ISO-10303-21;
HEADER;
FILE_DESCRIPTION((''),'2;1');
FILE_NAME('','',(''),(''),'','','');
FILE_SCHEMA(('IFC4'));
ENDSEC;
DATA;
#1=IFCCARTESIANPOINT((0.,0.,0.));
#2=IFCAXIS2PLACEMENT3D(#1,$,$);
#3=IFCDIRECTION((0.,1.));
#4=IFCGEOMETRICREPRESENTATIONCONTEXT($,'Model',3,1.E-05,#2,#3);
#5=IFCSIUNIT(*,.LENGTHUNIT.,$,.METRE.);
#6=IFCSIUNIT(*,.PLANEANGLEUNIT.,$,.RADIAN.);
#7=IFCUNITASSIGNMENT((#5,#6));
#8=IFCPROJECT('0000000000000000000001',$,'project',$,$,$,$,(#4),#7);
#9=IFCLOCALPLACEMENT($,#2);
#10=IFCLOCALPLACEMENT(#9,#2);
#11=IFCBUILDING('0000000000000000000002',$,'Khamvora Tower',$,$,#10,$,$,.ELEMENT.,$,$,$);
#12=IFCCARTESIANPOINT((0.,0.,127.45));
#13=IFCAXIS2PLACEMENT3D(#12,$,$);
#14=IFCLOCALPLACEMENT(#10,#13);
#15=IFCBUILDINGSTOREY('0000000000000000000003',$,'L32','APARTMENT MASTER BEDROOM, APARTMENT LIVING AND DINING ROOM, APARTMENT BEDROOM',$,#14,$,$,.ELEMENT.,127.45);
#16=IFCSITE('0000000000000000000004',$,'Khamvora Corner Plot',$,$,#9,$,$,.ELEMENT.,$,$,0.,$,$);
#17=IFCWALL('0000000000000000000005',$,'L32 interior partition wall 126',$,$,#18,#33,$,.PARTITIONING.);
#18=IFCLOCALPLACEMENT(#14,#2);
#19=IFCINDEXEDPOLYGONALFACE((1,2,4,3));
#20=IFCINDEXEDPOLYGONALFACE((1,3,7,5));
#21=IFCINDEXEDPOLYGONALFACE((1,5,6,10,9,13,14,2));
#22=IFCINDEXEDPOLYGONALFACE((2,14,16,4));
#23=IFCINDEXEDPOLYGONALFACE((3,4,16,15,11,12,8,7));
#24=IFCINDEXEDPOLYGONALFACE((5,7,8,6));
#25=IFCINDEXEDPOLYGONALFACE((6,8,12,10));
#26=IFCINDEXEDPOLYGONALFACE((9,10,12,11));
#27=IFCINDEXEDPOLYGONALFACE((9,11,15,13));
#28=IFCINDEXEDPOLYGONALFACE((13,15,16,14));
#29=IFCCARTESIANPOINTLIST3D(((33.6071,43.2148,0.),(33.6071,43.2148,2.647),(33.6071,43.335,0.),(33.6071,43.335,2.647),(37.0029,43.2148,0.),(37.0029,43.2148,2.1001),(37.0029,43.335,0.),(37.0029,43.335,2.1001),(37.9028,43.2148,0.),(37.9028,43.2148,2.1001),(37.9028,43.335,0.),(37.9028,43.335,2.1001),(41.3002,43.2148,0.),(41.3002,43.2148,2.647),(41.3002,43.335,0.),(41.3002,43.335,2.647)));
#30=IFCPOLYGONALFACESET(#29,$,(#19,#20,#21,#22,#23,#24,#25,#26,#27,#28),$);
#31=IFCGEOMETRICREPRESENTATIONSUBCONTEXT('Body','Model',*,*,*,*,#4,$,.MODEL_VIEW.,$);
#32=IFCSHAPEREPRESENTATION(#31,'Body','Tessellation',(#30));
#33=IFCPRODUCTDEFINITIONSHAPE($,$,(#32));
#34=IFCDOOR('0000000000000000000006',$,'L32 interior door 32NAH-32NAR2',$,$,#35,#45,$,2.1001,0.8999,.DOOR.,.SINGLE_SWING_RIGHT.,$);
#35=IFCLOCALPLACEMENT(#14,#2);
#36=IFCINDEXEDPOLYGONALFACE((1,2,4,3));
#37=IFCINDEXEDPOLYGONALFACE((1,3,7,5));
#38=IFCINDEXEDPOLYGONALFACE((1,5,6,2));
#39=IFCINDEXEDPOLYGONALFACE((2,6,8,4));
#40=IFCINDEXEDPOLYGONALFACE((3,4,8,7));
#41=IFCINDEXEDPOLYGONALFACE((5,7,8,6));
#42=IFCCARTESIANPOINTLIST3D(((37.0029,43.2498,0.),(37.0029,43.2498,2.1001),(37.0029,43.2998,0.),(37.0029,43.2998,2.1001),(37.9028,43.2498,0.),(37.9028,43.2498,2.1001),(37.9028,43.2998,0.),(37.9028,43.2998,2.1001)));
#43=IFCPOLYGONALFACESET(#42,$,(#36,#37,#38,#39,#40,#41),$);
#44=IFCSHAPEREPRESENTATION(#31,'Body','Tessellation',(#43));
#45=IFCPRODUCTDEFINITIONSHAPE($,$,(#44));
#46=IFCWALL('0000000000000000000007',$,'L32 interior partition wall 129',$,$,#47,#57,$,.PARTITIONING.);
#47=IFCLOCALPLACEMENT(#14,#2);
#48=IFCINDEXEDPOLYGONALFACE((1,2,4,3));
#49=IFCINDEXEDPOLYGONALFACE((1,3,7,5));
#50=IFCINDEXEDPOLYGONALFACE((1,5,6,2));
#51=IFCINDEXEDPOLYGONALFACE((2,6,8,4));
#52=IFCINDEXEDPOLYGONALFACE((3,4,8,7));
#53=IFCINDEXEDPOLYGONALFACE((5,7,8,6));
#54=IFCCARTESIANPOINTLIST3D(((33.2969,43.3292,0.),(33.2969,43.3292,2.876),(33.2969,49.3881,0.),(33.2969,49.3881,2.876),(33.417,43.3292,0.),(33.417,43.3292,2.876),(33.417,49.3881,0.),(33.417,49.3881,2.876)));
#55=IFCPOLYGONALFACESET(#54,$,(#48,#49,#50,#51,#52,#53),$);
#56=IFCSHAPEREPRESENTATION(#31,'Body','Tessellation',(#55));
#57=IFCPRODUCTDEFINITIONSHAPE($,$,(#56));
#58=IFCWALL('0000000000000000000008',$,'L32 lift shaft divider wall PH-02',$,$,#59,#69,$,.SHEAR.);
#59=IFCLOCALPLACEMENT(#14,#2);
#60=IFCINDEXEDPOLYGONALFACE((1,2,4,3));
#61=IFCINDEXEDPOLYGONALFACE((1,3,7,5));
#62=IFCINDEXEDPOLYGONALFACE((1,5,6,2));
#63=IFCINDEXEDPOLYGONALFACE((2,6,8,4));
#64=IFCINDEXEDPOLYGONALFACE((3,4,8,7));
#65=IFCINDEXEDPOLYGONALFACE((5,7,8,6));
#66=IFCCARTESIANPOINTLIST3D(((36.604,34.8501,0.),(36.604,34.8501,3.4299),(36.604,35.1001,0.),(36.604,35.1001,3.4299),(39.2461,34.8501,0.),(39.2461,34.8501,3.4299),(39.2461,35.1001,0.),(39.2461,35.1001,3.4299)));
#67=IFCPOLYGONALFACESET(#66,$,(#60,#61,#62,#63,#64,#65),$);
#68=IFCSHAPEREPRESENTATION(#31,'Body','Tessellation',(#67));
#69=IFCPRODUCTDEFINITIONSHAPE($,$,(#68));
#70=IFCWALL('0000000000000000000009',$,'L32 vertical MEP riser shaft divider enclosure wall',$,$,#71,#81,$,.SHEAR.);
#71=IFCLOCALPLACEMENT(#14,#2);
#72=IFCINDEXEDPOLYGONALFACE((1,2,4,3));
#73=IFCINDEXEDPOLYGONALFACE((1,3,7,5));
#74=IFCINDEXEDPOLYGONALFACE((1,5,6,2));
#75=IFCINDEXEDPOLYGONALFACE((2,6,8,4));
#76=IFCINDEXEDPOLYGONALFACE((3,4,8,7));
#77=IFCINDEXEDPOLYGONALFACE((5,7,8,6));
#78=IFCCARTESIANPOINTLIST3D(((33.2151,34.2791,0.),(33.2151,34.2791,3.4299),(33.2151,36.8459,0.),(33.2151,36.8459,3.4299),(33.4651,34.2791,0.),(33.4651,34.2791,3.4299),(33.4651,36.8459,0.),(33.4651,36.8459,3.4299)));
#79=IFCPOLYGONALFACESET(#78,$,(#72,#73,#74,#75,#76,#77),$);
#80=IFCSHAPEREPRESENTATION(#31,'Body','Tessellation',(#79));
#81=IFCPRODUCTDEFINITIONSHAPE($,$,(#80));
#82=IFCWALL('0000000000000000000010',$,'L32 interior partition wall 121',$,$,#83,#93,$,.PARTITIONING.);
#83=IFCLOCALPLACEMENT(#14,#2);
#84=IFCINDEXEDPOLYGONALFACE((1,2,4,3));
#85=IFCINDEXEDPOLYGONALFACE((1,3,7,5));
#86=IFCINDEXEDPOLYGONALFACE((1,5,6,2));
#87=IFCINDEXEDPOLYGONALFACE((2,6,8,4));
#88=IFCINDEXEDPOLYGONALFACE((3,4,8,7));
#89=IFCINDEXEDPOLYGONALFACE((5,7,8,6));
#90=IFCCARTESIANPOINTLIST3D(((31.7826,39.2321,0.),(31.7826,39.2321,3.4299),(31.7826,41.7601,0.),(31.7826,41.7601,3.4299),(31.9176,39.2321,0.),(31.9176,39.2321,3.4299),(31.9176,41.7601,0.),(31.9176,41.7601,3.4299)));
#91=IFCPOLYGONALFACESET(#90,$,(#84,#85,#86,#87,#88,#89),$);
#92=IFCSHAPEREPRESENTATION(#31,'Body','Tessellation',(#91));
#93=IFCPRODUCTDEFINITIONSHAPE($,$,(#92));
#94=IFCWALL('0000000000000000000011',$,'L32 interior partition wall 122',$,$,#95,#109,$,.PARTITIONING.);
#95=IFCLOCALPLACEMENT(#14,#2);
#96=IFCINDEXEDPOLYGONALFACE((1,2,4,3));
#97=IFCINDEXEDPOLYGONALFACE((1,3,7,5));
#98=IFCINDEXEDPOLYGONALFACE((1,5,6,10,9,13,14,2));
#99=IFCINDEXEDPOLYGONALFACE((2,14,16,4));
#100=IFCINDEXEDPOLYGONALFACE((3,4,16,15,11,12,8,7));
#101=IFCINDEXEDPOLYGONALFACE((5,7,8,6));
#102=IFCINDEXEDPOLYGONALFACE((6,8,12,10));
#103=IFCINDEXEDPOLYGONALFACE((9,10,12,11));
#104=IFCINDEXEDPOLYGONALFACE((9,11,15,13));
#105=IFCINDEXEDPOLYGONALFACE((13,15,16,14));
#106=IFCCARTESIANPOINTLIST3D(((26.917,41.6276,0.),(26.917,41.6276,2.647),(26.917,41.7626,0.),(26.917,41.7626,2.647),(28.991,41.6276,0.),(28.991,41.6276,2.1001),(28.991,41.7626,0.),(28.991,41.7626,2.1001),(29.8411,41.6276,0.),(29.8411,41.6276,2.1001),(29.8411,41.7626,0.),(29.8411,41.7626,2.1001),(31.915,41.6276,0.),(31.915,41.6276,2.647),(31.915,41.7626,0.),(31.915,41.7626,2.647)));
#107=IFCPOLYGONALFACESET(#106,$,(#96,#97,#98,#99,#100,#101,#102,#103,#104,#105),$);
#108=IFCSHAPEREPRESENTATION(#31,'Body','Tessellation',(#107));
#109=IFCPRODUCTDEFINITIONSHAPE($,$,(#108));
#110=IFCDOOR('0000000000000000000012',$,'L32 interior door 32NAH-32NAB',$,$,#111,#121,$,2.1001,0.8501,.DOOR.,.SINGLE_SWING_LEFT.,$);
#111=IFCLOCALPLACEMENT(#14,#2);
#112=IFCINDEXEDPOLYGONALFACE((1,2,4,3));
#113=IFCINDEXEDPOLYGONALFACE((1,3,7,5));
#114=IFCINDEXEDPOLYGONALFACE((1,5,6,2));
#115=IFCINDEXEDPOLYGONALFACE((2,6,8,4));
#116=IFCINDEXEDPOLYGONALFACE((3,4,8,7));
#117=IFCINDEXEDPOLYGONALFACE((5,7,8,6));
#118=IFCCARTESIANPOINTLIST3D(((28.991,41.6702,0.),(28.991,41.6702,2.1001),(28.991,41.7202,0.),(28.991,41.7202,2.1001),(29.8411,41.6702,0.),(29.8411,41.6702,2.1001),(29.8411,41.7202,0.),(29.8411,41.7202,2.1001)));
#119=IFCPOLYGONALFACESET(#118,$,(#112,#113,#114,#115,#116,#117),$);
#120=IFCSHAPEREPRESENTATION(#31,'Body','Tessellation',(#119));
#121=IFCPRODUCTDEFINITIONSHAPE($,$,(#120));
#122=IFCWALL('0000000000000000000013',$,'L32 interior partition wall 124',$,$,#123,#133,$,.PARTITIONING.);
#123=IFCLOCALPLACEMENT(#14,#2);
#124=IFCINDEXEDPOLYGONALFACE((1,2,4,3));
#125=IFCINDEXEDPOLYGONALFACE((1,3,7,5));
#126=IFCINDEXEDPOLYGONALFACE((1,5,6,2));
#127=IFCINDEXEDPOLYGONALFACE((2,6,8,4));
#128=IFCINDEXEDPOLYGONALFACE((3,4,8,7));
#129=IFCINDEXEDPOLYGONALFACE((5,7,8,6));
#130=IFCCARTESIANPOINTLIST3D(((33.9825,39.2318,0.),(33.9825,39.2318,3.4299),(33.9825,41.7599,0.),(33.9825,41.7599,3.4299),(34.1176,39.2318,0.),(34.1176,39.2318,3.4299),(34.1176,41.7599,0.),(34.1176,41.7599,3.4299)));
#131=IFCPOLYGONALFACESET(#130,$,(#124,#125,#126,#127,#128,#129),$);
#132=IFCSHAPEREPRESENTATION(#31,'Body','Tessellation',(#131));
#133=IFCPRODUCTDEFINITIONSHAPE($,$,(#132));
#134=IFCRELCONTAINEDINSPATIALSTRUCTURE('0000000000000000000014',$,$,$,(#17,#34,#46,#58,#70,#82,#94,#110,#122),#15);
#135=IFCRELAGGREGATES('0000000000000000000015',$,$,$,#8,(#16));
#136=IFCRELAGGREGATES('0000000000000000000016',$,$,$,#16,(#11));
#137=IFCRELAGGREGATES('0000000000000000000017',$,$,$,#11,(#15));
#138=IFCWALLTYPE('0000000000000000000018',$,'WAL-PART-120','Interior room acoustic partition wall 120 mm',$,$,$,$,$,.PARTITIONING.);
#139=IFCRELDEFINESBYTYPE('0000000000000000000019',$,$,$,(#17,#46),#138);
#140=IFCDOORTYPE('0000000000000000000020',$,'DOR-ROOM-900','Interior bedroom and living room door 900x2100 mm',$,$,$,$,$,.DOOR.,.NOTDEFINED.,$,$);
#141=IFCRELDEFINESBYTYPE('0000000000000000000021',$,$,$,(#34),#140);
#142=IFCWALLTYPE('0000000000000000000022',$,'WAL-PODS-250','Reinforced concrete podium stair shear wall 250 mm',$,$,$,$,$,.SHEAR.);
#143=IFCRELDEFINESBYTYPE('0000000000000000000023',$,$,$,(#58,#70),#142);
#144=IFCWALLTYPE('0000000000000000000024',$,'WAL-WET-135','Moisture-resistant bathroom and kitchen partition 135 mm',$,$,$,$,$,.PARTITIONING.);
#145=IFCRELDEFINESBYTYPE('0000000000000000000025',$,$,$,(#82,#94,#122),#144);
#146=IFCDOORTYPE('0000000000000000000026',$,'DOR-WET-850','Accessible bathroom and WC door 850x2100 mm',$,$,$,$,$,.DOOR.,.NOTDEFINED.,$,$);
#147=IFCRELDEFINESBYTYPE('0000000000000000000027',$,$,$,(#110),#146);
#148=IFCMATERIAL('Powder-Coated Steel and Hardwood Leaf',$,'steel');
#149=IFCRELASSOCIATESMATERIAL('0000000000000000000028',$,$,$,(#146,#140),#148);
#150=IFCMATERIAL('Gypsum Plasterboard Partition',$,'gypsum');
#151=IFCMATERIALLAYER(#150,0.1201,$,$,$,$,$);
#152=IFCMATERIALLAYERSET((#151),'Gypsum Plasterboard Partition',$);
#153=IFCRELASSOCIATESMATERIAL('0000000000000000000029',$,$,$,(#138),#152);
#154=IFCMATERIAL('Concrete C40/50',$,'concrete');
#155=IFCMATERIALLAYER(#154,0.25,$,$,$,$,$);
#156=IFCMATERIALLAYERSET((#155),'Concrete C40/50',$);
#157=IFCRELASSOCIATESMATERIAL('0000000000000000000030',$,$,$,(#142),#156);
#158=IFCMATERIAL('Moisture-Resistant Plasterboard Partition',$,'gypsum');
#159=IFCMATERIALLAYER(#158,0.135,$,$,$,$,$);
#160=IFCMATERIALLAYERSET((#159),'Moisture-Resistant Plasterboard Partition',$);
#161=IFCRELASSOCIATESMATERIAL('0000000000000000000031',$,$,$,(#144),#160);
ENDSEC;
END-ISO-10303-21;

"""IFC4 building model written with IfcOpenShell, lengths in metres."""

from ifc_helpers import new_model, si_unit, direction, frame, frame_2d, origin, place, context, subcontext, project, spatial, rectangle, extrude, material, layer, layer_set, type_object, element, fill, save


model = new_model("IFC4")

# Units and contexts
model_context = context("Model", 3, precision=1e-05, world=origin(), true_north=direction((0.0, 1.0)))
body_context = subcontext(model_context, "Body", "Model", "MODEL_VIEW")
ifc_project = project(units=[si_unit("LENGTHUNIT", "METRE"), si_unit("PLANEANGLEUNIT", "RADIAN")], contexts=[model_context])

# Site, building, storey
site_placement = place(None, origin())
site = spatial("IfcSite", under=ifc_project, at=site_placement, Name="Khamvora Corner Plot", CompositionType="ELEMENT", RefElevation=0.0)
building_placement = place(site_placement, origin())
building = spatial("IfcBuilding", under=site, at=building_placement, Name="Khamvora Tower", CompositionType="ELEMENT")
storey_placement = place(building_placement, frame((0.0, 0.0, 127.45)))
storey = spatial("IfcBuildingStorey", under=building, at=storey_placement, Name="L32", Description="APARTMENT MASTER BEDROOM, APARTMENT LIVING AND DINING ROOM, APARTMENT BEDROOM", CompositionType="ELEMENT", Elevation=127.45)

# Shared definitions
ifc_material_1 = material(Name="Powder-Coated Steel and Hardwood Leaf", Category="steel")
door_type_1 = type_object("IfcDoorType", Name="DOR-WET-850", Description="Accessible bathroom and WC door 850x2100 mm", OperationType="NOTDEFINED", PredefinedType="DOOR", material=ifc_material_1)

# Wall, opening, door
ifc_material_2 = material(Name="Gypsum Plasterboard Partition", Category="gypsum")
ifc_layer_1 = layer(ifc_material_2, 0.1201)
ifc_layer_set_1 = layer_set([ifc_layer_1], Name="Gypsum Plasterboard Partition")
wall_type_1 = type_object("IfcWallType", Name="WAL-PART-120", Description="Interior room acoustic partition wall 120 mm", PredefinedType="PARTITIONING", material=ifc_layer_set_1)
wall_1_placement = place(storey_placement, frame((33.6069, 43.2749, 0.0), z_axis=(0.0, 0.0, 1.0), x_axis=(1.0, 0.0, 0.0)))
wall_1 = element("IfcWall", 1, at=wall_1_placement, inside=storey, type_object=wall_type_1, Name="L32 interior partition wall 126", PredefinedType="PARTITIONING", context=body_context, shape_type="SweptSolid", body=[
    extrude(rectangle(XDim=7.6931, YDim=0.1201, at=frame_2d((3.8467, 0.0))), origin(), (0.0, 0.0, 1.0), 2.647),
])
opening_1_placement = place(wall_1_placement, frame((3.396, 0.0, 0.0)))
opening_1 = element("IfcOpeningElement", 2, at=opening_1_placement, cuts=wall_1, PredefinedType="OPENING", context=body_context, shape_type="SweptSolid", body=[
    extrude(rectangle(XDim=0.8999, YDim=2.1001, at=frame_2d((0.45, 1.05))), frame((0.0, 0.0701, 0.0), z_axis=(0.0, -1.0, 0.0), x_axis=(1.0, 0.0, 0.0)), (0.0, 0.0, 1.0), 0.1401),
])
door_type_2 = type_object("IfcDoorType", Name="DOR-ROOM-900", Description="Interior bedroom and living room door 900x2100 mm", OperationType="NOTDEFINED", PredefinedType="DOOR", material=ifc_material_1)
door_1_placement = place(opening_1_placement, origin())
door_1 = element("IfcDoor", 3, at=door_1_placement, inside=storey, type_object=door_type_2, Name="L32 interior door 32NAH-32NAR2", OperationType="SINGLE_SWING_RIGHT", OverallHeight=2.1001, OverallWidth=0.8999, PredefinedType="DOOR", context=body_context, shape_type="SweptSolid", body=[
    extrude(rectangle(XDim=0.8999, YDim=2.1001, at=frame_2d((0.45, 1.05))), frame((0.0, 0.0249, 0.0), z_axis=(0.0, -1.0, 0.0), x_axis=(1.0, 0.0, 0.0)), (0.0, 0.0, 1.0), 0.05),
])
fill(opening_1, door_1)

# Walls
wall_2_placement = place(storey_placement, frame((33.3569, 49.3879, 0.0), z_axis=(0.0, 0.0, 1.0), x_axis=(0.0, -1.0, 0.0)))
element("IfcWall", 4, at=wall_2_placement, inside=storey, type_object=wall_type_1, Name="L32 interior partition wall 129", PredefinedType="PARTITIONING", context=body_context, shape_type="SweptSolid", body=[
    extrude(rectangle(XDim=6.0588, YDim=0.1201, at=frame_2d((3.0293, 0.0))), origin(), (0.0, 0.0, 1.0), 2.876),
])
ifc_material_3 = material(Name="Concrete C40/50", Category="concrete")
ifc_layer_2 = layer(ifc_material_3, 0.25)
ifc_layer_set_2 = layer_set([ifc_layer_2], Name="Concrete C40/50")
wall_type_2 = type_object("IfcWallType", Name="WAL-PODS-250", Description="Reinforced concrete podium stair shear wall 250 mm", PredefinedType="SHEAR", material=ifc_layer_set_2)
wall_3_placement = place(storey_placement, frame((36.604, 34.9751, 0.0), z_axis=(0.0, 0.0, 1.0), x_axis=(1.0, 0.0, 0.0)))
element("IfcWall", 5, at=wall_3_placement, inside=storey, type_object=wall_type_2, Name="L32 lift shaft divider wall PH-02", PredefinedType="SHEAR", context=body_context, shape_type="SweptSolid", body=[
    extrude(rectangle(XDim=2.6421, YDim=0.25, at=frame_2d((1.321, 0.0))), origin(), (0.0, 0.0, 1.0), 3.4299),
])
wall_4_placement = place(storey_placement, frame((33.3401, 34.2791, 0.0), z_axis=(0.0, 0.0, 1.0), x_axis=(0.0, 1.0, 0.0)))
element("IfcWall", 6, at=wall_4_placement, inside=storey, type_object=wall_type_2, Name="L32 vertical MEP riser shaft divider enclosure wall", PredefinedType="SHEAR", context=body_context, shape_type="SweptSolid", body=[
    extrude(rectangle(XDim=2.5669, YDim=0.25, at=frame_2d((1.2834, 0.0))), origin(), (0.0, 0.0, 1.0), 3.4299),
])
ifc_material_4 = material(Name="Moisture-Resistant Plasterboard Partition", Category="gypsum")
ifc_layer_3 = layer(ifc_material_4, 0.135)
ifc_layer_set_3 = layer_set([ifc_layer_3], Name="Moisture-Resistant Plasterboard Partition")
wall_type_3 = type_object("IfcWallType", Name="WAL-WET-135", Description="Moisture-resistant bathroom and kitchen partition 135 mm", PredefinedType="PARTITIONING", material=ifc_layer_set_3)
wall_5_placement = place(storey_placement, frame((31.8501, 39.2319, 0.0), z_axis=(0.0, 0.0, 1.0), x_axis=(0.0, 1.0, 0.0)))
element("IfcWall", 7, at=wall_5_placement, inside=storey, type_object=wall_type_3, Name="L32 interior partition wall 121", PredefinedType="PARTITIONING", context=body_context, shape_type="SweptSolid", body=[
    extrude(rectangle(XDim=2.5281, YDim=0.135, at=frame_2d((1.2642, 0.0))), origin(), (0.0, 0.0, 1.0), 3.4299),
])

# Wall, opening, door
wall_6_placement = place(storey_placement, frame((31.915, 41.6951, 0.0), z_axis=(0.0, 0.0, 1.0), x_axis=(-1.0, 0.0, 0.0)))
wall_6 = element("IfcWall", 8, at=wall_6_placement, inside=storey, type_object=wall_type_3, Name="L32 interior partition wall 122", PredefinedType="PARTITIONING", context=body_context, shape_type="SweptSolid", body=[
    extrude(rectangle(XDim=4.998, YDim=0.135, at=frame_2d((2.499, 0.0))), origin(), (0.0, 0.0, 1.0), 2.647),
])
opening_2_placement = place(wall_6_placement, frame((2.074, 0.0, 0.0)))
opening_2 = element("IfcOpeningElement", 9, at=opening_2_placement, cuts=wall_6, PredefinedType="OPENING", context=body_context, shape_type="SweptSolid", body=[
    extrude(rectangle(XDim=0.8501, YDim=2.1001, at=frame_2d((0.425, 1.05))), frame((0.0, 0.0774, 0.0), z_axis=(0.0, -1.0, 0.0), x_axis=(1.0, 0.0, 0.0)), (0.0, 0.0, 1.0), 0.155),
])
door_2_placement = place(opening_2_placement, origin())
door_2 = element("IfcDoor", 10, at=door_2_placement, inside=storey, type_object=door_type_1, Name="L32 interior door 32NAH-32NAB", OperationType="SINGLE_SWING_LEFT", OverallHeight=2.1001, OverallWidth=0.8501, PredefinedType="DOOR", context=body_context, shape_type="SweptSolid", body=[
    extrude(rectangle(XDim=0.8501, YDim=2.1001, at=frame_2d((0.425, 1.05))), frame((0.0, 0.0249, 0.0), z_axis=(0.0, -1.0, 0.0), x_axis=(1.0, 0.0, 0.0)), (0.0, 0.0, 1.0), 0.05),
])
fill(opening_2, door_2)

# Wall
wall_7_placement = place(storey_placement, frame((34.05, 41.76, 0.0), z_axis=(0.0, 0.0, 1.0), x_axis=(0.0, -1.0, 0.0)))
element("IfcWall", 11, at=wall_7_placement, inside=storey, type_object=wall_type_3, Name="L32 interior partition wall 124", PredefinedType="PARTITIONING", context=body_context, shape_type="SweptSolid", body=[
    extrude(rectangle(XDim=2.5281, YDim=0.135, at=frame_2d((1.2642, 0.0))), origin(), (0.0, 0.0, 1.0), 3.4299),
])

save(model, "model.ifc")
